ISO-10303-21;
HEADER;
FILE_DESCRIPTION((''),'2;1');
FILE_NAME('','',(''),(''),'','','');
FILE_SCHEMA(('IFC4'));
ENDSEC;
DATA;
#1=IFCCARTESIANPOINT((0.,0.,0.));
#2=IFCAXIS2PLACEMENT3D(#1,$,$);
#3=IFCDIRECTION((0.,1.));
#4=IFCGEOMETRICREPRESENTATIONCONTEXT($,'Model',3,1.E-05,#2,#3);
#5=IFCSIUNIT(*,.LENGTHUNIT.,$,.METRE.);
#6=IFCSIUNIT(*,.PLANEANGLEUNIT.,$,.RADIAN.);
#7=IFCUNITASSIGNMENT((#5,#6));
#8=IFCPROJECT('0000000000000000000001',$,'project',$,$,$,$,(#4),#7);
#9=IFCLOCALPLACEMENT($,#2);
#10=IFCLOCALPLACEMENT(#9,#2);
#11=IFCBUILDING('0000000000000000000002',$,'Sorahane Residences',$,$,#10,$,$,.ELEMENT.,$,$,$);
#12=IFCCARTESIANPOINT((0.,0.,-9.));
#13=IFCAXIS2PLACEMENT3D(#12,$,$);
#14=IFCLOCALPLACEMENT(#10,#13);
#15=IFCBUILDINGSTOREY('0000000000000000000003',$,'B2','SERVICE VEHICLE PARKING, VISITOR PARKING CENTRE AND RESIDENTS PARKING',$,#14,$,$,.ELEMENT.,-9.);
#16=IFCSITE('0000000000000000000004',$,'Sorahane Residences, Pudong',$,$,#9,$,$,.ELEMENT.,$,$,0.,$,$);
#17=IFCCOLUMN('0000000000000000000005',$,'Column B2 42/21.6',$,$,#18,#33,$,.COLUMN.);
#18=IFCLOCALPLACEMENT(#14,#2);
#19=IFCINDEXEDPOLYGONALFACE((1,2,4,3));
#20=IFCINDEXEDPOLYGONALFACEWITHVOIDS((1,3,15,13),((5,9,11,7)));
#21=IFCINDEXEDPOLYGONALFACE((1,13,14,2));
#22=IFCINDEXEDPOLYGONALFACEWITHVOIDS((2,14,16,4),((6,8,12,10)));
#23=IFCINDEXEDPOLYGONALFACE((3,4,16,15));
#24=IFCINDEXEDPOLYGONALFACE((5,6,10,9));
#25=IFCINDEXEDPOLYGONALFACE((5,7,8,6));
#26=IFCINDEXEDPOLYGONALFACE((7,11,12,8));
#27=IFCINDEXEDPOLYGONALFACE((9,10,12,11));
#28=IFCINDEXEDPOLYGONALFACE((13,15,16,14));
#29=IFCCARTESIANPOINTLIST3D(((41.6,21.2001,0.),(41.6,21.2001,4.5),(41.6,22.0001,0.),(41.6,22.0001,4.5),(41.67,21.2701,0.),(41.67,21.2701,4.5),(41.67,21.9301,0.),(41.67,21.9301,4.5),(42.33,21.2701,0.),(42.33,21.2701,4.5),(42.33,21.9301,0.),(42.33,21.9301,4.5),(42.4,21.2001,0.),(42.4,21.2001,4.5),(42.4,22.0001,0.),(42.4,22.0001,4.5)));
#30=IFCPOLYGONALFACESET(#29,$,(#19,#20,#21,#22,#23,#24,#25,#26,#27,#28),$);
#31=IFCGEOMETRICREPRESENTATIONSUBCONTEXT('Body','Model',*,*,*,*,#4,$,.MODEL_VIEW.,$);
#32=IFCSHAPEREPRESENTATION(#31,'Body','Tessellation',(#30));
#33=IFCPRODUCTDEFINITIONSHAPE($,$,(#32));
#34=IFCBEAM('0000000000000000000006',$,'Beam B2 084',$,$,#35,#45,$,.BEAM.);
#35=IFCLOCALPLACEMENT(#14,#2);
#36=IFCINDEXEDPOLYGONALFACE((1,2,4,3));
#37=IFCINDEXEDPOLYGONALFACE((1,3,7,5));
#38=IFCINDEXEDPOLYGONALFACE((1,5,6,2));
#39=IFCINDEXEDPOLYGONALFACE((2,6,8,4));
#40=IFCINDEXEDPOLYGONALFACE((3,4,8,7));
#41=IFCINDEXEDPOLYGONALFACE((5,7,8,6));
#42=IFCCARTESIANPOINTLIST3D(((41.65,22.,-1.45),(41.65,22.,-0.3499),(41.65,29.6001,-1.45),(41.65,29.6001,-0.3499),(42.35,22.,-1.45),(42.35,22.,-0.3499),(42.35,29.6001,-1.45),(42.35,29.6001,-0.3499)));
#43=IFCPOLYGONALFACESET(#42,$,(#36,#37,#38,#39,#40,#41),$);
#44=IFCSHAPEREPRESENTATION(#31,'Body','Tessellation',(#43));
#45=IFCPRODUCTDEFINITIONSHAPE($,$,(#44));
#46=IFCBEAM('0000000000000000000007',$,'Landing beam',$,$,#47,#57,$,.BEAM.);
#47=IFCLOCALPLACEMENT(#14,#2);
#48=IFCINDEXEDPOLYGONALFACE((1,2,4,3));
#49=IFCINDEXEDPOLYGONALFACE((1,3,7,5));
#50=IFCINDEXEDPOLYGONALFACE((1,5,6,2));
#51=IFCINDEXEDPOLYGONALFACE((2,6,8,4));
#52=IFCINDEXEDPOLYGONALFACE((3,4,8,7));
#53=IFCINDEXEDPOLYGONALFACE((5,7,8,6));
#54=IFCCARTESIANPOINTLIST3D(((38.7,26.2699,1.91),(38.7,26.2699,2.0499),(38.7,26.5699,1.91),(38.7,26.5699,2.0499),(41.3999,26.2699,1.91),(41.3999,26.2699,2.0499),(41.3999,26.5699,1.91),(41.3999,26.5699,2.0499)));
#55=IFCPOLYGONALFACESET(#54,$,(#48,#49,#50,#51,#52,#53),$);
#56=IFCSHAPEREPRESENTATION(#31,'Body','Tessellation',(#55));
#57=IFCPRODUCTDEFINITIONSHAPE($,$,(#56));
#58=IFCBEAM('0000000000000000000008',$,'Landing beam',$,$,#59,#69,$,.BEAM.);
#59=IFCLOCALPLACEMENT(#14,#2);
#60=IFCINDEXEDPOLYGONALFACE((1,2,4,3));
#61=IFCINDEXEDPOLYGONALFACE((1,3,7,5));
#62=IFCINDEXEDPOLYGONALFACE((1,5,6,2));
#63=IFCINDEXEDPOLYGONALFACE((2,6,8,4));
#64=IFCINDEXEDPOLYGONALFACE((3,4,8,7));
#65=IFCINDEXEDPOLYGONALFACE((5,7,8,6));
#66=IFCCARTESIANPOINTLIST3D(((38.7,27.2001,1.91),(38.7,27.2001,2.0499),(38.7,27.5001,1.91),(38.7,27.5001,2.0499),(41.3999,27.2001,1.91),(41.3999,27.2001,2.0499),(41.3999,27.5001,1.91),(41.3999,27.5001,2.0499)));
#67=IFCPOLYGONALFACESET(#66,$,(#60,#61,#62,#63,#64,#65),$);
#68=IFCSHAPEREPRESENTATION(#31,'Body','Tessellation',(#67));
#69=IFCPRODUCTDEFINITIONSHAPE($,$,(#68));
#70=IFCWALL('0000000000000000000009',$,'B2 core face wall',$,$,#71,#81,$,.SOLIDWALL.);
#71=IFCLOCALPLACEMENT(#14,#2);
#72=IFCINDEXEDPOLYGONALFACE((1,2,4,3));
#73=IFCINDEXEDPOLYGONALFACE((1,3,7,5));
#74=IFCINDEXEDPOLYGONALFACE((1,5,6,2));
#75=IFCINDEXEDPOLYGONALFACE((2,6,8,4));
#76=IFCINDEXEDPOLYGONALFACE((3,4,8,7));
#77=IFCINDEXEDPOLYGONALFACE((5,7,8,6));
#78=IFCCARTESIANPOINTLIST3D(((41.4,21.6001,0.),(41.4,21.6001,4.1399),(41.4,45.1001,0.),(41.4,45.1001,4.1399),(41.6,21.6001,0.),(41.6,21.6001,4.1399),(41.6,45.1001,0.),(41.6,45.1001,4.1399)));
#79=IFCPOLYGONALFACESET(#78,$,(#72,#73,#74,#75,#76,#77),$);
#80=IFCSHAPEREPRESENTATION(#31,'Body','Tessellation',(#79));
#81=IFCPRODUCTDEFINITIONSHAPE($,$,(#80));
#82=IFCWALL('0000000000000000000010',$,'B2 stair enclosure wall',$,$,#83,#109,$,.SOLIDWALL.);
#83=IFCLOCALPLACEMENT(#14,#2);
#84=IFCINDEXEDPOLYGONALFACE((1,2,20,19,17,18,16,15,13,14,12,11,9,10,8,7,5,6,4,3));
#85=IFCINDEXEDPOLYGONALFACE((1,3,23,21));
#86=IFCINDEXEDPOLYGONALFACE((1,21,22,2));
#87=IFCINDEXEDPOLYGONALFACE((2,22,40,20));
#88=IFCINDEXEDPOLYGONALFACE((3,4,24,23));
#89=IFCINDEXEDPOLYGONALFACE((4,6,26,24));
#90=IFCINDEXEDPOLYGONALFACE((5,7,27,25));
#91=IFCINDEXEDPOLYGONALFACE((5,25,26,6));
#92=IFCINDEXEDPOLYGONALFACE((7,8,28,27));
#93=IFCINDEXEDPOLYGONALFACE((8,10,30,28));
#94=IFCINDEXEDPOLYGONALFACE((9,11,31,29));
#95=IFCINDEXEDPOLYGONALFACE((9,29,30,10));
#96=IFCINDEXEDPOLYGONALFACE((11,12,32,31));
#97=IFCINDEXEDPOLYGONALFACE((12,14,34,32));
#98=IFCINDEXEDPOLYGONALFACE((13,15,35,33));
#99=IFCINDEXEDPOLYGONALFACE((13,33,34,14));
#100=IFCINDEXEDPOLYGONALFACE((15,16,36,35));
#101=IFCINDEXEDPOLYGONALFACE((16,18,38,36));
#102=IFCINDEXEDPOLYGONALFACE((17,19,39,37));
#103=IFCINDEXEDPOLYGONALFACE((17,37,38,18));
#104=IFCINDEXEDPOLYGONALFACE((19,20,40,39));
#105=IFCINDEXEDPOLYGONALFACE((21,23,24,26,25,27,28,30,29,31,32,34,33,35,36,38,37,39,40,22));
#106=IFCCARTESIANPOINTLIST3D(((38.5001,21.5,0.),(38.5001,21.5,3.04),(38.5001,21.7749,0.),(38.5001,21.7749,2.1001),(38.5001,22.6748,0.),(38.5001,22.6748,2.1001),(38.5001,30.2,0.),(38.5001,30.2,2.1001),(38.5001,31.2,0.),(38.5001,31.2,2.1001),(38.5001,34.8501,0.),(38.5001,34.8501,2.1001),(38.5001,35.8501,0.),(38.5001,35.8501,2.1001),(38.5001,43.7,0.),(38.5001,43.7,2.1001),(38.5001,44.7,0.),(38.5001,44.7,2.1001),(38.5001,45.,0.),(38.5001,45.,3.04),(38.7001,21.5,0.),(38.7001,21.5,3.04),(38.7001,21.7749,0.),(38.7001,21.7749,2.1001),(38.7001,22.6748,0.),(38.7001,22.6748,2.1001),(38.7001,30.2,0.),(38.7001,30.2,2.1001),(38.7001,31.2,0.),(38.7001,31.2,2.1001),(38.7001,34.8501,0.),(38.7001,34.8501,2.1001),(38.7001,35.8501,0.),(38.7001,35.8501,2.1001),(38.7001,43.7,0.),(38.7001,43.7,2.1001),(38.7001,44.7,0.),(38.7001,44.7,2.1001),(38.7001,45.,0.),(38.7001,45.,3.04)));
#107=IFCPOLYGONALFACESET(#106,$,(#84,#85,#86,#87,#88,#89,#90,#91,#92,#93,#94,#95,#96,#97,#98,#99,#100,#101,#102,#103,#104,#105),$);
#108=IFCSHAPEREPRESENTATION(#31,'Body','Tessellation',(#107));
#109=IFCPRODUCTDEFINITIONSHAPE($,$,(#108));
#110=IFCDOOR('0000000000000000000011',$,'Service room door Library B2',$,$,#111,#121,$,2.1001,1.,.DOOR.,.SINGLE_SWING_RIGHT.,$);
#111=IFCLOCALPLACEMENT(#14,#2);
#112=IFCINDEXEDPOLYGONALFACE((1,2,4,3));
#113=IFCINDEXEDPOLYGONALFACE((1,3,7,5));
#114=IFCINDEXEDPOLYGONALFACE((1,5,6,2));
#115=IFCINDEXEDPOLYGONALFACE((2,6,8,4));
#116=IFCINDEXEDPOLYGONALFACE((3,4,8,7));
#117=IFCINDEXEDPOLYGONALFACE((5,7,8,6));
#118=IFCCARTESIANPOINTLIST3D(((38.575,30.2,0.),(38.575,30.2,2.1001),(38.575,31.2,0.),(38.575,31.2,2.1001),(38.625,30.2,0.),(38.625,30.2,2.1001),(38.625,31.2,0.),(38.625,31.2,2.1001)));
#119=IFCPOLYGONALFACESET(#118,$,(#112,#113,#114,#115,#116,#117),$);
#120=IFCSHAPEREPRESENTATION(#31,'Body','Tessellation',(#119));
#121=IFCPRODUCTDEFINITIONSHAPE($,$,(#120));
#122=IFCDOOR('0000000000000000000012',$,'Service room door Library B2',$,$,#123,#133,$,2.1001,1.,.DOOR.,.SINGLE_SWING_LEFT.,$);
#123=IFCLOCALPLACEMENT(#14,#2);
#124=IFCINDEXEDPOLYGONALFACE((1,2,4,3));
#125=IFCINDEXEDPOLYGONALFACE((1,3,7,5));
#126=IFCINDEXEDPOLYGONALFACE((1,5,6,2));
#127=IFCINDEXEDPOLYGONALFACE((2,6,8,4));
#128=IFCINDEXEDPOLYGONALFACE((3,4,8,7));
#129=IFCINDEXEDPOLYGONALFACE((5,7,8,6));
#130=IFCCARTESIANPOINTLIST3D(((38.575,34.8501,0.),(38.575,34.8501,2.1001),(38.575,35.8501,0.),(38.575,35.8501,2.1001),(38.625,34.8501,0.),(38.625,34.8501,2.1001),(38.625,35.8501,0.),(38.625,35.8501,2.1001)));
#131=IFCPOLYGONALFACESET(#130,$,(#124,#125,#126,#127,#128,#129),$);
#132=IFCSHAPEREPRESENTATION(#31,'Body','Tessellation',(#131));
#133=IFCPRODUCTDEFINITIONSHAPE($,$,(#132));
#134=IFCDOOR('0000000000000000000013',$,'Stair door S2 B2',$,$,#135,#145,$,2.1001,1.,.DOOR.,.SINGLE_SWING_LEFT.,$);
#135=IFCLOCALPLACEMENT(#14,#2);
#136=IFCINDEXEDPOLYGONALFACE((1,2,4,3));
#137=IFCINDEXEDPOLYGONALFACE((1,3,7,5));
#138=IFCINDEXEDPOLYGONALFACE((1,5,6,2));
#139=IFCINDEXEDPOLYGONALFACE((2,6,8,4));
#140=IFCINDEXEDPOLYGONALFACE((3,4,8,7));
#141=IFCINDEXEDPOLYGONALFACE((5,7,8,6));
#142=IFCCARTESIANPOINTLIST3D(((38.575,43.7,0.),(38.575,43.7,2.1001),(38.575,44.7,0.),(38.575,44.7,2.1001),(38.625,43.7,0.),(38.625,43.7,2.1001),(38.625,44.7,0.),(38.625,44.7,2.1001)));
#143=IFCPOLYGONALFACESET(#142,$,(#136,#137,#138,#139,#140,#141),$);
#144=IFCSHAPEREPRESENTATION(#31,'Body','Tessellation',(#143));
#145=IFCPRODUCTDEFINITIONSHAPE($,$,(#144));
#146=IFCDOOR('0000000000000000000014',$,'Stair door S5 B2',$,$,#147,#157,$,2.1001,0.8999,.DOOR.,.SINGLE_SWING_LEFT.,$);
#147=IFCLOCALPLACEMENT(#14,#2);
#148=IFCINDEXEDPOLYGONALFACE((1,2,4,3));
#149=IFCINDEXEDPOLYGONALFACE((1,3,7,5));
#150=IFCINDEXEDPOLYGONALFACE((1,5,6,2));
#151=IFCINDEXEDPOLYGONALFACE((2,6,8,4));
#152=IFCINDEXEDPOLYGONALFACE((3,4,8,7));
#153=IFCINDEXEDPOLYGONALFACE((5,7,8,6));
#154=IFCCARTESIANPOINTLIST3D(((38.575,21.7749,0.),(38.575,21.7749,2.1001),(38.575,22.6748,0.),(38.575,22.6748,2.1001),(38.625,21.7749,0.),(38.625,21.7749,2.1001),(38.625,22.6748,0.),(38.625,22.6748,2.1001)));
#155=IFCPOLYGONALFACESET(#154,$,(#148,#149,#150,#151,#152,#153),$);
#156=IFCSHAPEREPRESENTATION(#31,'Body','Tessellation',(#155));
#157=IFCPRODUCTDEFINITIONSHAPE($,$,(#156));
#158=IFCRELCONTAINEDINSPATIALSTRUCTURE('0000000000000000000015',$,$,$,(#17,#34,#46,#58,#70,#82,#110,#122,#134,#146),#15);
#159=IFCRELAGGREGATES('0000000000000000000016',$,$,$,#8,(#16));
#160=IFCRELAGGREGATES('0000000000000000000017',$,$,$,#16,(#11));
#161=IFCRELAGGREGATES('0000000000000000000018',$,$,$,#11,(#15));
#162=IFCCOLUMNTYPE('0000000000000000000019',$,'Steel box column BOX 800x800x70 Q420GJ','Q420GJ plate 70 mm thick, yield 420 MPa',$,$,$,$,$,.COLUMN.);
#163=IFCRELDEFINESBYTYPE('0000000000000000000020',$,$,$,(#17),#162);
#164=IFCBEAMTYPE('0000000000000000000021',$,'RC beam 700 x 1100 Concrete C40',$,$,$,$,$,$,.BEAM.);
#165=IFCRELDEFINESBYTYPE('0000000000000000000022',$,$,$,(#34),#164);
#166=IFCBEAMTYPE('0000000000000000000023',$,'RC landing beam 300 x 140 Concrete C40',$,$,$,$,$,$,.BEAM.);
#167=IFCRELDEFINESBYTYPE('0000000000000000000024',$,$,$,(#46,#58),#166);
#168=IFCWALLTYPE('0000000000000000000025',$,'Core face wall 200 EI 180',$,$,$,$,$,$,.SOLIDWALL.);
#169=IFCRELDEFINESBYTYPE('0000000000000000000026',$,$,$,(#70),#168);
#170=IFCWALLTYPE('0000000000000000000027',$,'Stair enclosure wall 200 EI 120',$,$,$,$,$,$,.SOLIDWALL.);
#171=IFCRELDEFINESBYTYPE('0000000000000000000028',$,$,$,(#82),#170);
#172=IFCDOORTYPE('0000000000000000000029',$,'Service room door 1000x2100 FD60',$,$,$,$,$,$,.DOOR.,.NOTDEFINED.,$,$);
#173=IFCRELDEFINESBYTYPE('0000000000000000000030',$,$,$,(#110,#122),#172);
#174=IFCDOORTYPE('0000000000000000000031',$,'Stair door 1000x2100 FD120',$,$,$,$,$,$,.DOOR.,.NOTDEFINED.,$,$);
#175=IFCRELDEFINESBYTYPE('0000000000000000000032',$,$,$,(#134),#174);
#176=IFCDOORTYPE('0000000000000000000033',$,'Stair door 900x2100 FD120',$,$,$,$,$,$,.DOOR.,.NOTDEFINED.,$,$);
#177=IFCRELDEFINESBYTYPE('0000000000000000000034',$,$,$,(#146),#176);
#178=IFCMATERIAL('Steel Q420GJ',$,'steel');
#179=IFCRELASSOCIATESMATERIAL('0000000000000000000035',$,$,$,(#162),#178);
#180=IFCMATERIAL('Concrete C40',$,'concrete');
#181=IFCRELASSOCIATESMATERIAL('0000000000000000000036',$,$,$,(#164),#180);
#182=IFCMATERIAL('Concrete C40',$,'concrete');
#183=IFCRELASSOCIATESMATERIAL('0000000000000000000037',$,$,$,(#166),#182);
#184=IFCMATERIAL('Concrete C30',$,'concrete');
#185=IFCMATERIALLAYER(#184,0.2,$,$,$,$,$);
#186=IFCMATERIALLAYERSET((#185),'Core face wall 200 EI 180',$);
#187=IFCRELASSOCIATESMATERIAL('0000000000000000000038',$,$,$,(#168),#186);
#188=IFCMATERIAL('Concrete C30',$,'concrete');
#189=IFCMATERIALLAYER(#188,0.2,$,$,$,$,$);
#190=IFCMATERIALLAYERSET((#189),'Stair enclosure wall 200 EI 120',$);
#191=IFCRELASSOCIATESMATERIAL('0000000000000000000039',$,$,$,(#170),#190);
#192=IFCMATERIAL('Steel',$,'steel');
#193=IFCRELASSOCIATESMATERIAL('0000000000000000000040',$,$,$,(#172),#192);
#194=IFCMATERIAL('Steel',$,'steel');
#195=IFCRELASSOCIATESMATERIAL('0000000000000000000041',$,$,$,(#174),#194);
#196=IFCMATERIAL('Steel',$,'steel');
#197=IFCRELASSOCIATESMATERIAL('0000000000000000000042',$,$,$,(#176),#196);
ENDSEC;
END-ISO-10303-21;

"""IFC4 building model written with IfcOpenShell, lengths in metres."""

from ifc_helpers import new_model, si_unit, direction, frame, frame_2d, origin, origin_2d, place, context, subcontext, project, spatial, rectangle, hollow_rectangle, extrude, material, layer, layer_set, material_profile, profile_set, type_object, element, fill, save


model = new_model("IFC4")

# Units and contexts
model_context = context("Model", 3, precision=1e-05, world=origin(), true_north=direction((0.0, 1.0)))
body_context = subcontext(model_context, "Body", "Model", "MODEL_VIEW")
ifc_project = project(units=[si_unit("LENGTHUNIT", "METRE"), si_unit("PLANEANGLEUNIT", "RADIAN")], contexts=[model_context])

# Site, building, storey
site_placement = place(None, origin())
site = spatial("IfcSite", under=ifc_project, at=site_placement, Name="Sorahane Residences, Pudong", CompositionType="ELEMENT", RefElevation=0.0)
building_placement = place(site_placement, origin())
building = spatial("IfcBuilding", under=site, at=building_placement, Name="Sorahane Residences", CompositionType="ELEMENT")
storey_placement = place(building_placement, frame((0.0, 0.0, -9.0)))
storey = spatial("IfcBuildingStorey", under=building, at=storey_placement, Name="B2", Description="SERVICE VEHICLE PARKING, VISITOR PARKING CENTRE AND RESIDENTS PARKING", CompositionType="ELEMENT", Elevation=-9.0)

# Column
ifc_material_1 = material(Name="Steel Q420GJ", Category="steel")
ifc_material_profile_1 = material_profile(ifc_material_1, hollow_rectangle(XDim=0.8, YDim=0.8, WallThickness=0.0701, at=origin_2d()), Name="BOX 800x800x70")
ifc_profile_set_1 = profile_set([ifc_material_profile_1], Name="Steel Q420GJ")
column_type = type_object("IfcColumnType", Name="Steel box column BOX 800x800x70 Q420GJ", Description="Q420GJ plate 70 mm thick, yield 420 MPa", PredefinedType="COLUMN", material=ifc_profile_set_1)
column_placement = place(storey_placement, frame((42.0, 21.6001, 0.0), z_axis=(0.0, 0.0, 1.0), x_axis=(1.0, 0.0, 0.0)))
element("IfcColumn", 1, at=column_placement, inside=storey, type_object=column_type, Name="Column B2 42/21.6", PredefinedType="COLUMN", context=body_context, shape_type="SweptSolid", body=[
    extrude(hollow_rectangle(XDim=0.8, YDim=0.8, WallThickness=0.0701, at=origin_2d()), origin(), (0.0, 0.0, 1.0), 4.5),
])

# Beams
ifc_material_2 = material(Name="Concrete C40", Category="concrete")
ifc_material_profile_2 = material_profile(ifc_material_2, rectangle(XDim=0.7, YDim=1.1001, at=origin_2d()), Name="700x1100")
ifc_profile_set_2 = profile_set([ifc_material_profile_2], Name="Concrete C40")
beam_type_1 = type_object("IfcBeamType", Name="RC beam 700 x 1100 Concrete C40", PredefinedType="BEAM", material=ifc_profile_set_2)
beam_placement = place(storey_placement, frame((42.0, 22.0, -0.8999), z_axis=(0.0, 1.0, 0.0), x_axis=(-1.0, 0.0, 0.0)))
element("IfcBeam", 2, at=beam_placement, inside=storey, type_object=beam_type_1, Name="Beam B2 084", PredefinedType="BEAM", context=body_context, shape_type="SweptSolid", body=[
    extrude(rectangle(XDim=0.7, YDim=1.1001, at=origin_2d()), origin(), (0.0, 0.0, 1.0), 7.6001),
])
ifc_material_3 = material(Name="Concrete C40", Category="concrete")
ifc_material_profile_3 = material_profile(ifc_material_3, rectangle(XDim=0.3, YDim=0.1399, at=origin_2d()), Name="300x140")
ifc_profile_set_3 = profile_set([ifc_material_profile_3], Name="Concrete C40")
beam_type_2 = type_object("IfcBeamType", Name="RC landing beam 300 x 140 Concrete C40", PredefinedType="BEAM", material=ifc_profile_set_3)
for number, where, z_axis, x_axis, name in (
    (3, (38.7, 26.4199, 1.98), (1.0, 0.0, 0.0), (0.0, 1.0, 0.0), "Landing beam"),
    (4, (38.7, 27.3501, 1.98), (1.0, 0.0, 0.0), (0.0, 1.0, 0.0), "Landing beam"),
):
    element("IfcBeam", number, at=place(storey_placement, frame(where, z_axis=z_axis, x_axis=x_axis)), inside=storey, type_object=beam_type_2, Name=name, PredefinedType="BEAM", context=body_context, shape_type="SweptSolid", body=[
        extrude(rectangle(XDim=0.3, YDim=0.1399, at=origin_2d()), origin(), (0.0, 0.0, 1.0), 2.7),
    ])

# Wall
ifc_material_4 = material(Name="Concrete C30", Category="concrete")
ifc_layer_1 = layer(ifc_material_4, 0.2)
ifc_layer_set_1 = layer_set([ifc_layer_1], Name="Core face wall 200 EI 180")
wall_type_1 = type_object("IfcWallType", Name="Core face wall 200 EI 180", PredefinedType="SOLIDWALL", material=ifc_layer_set_1)
wall_1_placement = place(storey_placement, frame((41.5, 21.6001, 0.0), z_axis=(0.0, 0.0, 1.0), x_axis=(0.0, 1.0, 0.0)))
element("IfcWall", 5, at=wall_1_placement, inside=storey, type_object=wall_type_1, Name="B2 core face wall", PredefinedType="SOLIDWALL", context=body_context, shape_type="SweptSolid", body=[
    extrude(rectangle(XDim=23.5, YDim=0.2, at=frame_2d((11.75, 0.0))), origin(), (0.0, 0.0, 1.0), 4.1399),
])

# Wall, openings, doors
ifc_material_5 = material(Name="Concrete C30", Category="concrete")
ifc_layer_2 = layer(ifc_material_5, 0.2)
ifc_layer_set_2 = layer_set([ifc_layer_2], Name="Stair enclosure wall 200 EI 120")
wall_type_2 = type_object("IfcWallType", Name="Stair enclosure wall 200 EI 120", PredefinedType="SOLIDWALL", material=ifc_layer_set_2)
wall_2_placement = place(storey_placement, frame((38.6001, 21.5, 0.0), z_axis=(0.0, 0.0, 1.0), x_axis=(0.0, 1.0, 0.0)))
wall_2 = element("IfcWall", 6, at=wall_2_placement, inside=storey, type_object=wall_type_2, Name="B2 stair enclosure wall", PredefinedType="SOLIDWALL", context=body_context, shape_type="SweptSolid", body=[
    extrude(rectangle(XDim=23.5, YDim=0.2, at=frame_2d((11.75, 0.0))), origin(), (0.0, 0.0, 1.0), 3.04),
])
opening_1_placement = place(wall_2_placement, frame((8.7, 0.0, 0.0)))
opening_1 = element("IfcOpeningElement", 7, at=opening_1_placement, cuts=wall_2, PredefinedType="OPENING", context=body_context, shape_type="SweptSolid", body=[
    extrude(rectangle(XDim=1.0, YDim=2.1001, at=frame_2d((0.5, 1.05))), frame((0.0, 0.1099, 0.0), z_axis=(0.0, -1.0, 0.0), x_axis=(1.0, 0.0, 0.0)), (0.0, 0.0, 1.0), 0.22),
])
opening_2_placement = place(wall_2_placement, frame((13.3501, 0.0, 0.0)))
opening_2 = element("IfcOpeningElement", 8, at=opening_2_placement, cuts=wall_2, PredefinedType="OPENING", context=body_context, shape_type="SweptSolid", body=[
    extrude(rectangle(XDim=1.0, YDim=2.1001, at=frame_2d((0.5, 1.05))), frame((0.0, 0.1099, 0.0), z_axis=(0.0, -1.0, 0.0), x_axis=(1.0, 0.0, 0.0)), (0.0, 0.0, 1.0), 0.22),
])
opening_3_placement = place(wall_2_placement, frame((22.2, 0.0, 0.0)))
opening_3 = element("IfcOpeningElement", 9, at=opening_3_placement, cuts=wall_2, PredefinedType="OPENING", context=body_context, shape_type="SweptSolid", body=[
    extrude(rectangle(XDim=1.0, YDim=2.1001, at=frame_2d((0.5, 1.05))), frame((0.0, 0.1099, 0.0), z_axis=(0.0, -1.0, 0.0), x_axis=(1.0, 0.0, 0.0)), (0.0, 0.0, 1.0), 0.22),
])
opening_4_placement = place(wall_2_placement, frame((0.2749, 0.0, 0.0)))
opening_4 = element("IfcOpeningElement", 10, at=opening_4_placement, cuts=wall_2, PredefinedType="OPENING", context=body_context, shape_type="SweptSolid", body=[
    extrude(rectangle(XDim=0.8999, YDim=2.1001, at=frame_2d((0.45, 1.05))), frame((0.0, 0.1099, 0.0), z_axis=(0.0, -1.0, 0.0), x_axis=(1.0, 0.0, 0.0)), (0.0, 0.0, 1.0), 0.22),
])
ifc_material_6 = material(Name="Steel", Category="steel")
door_type_1 = type_object("IfcDoorType", Name="Service room door 1000x2100 FD60", OperationType="NOTDEFINED", PredefinedType="DOOR", material=ifc_material_6)
door_1_placement = place(opening_1_placement, frame((1.0, 0.0, 0.0), z_axis=(0.0, 0.0, 1.0), x_axis=(-1.0, 0.0, 0.0)))
door_1 = element("IfcDoor", 11, at=door_1_placement, inside=storey, type_object=door_type_1, Name="Service room door Library B2", OperationType="SINGLE_SWING_RIGHT", OverallHeight=2.1001, OverallWidth=1.0, PredefinedType="DOOR", context=body_context, shape_type="SweptSolid", body=[
    extrude(rectangle(XDim=1.0, YDim=2.1001, at=frame_2d((0.5, 1.05))), frame((0.0, 0.0249, 0.0), z_axis=(0.0, -1.0, 0.0), x_axis=(1.0, 0.0, 0.0)), (0.0, 0.0, 1.0), 0.05),
])
fill(opening_1, door_1)
door_2_placement = place(opening_2_placement, frame((1.0, 0.0, 0.0), z_axis=(0.0, 0.0, 1.0), x_axis=(-1.0, 0.0, 0.0)))
door_2 = element("IfcDoor", 12, at=door_2_placement, inside=storey, type_object=door_type_1, Name="Service room door Library B2", OperationType="SINGLE_SWING_LEFT", OverallHeight=2.1001, OverallWidth=1.0, PredefinedType="DOOR", context=body_context, shape_type="SweptSolid", body=[
    extrude(rectangle(XDim=1.0, YDim=2.1001, at=frame_2d((0.5, 1.05))), frame((0.0, 0.0249, 0.0), z_axis=(0.0, -1.0, 0.0), x_axis=(1.0, 0.0, 0.0)), (0.0, 0.0, 1.0), 0.05),
])
fill(opening_2, door_2)
ifc_material_7 = material(Name="Steel", Category="steel")
door_type_2 = type_object("IfcDoorType", Name="Stair door 1000x2100 FD120", OperationType="NOTDEFINED", PredefinedType="DOOR", material=ifc_material_7)
door_3_placement = place(opening_3_placement, frame((1.0, 0.0, 0.0), z_axis=(0.0, 0.0, 1.0), x_axis=(-1.0, 0.0, 0.0)))
door_3 = element("IfcDoor", 13, at=door_3_placement, inside=storey, type_object=door_type_2, Name="Stair door S2 B2", OperationType="SINGLE_SWING_LEFT", OverallHeight=2.1001, OverallWidth=1.0, PredefinedType="DOOR", context=body_context, shape_type="SweptSolid", body=[
    extrude(rectangle(XDim=1.0, YDim=2.1001, at=frame_2d((0.5, 1.05))), frame((0.0, 0.0249, 0.0), z_axis=(0.0, -1.0, 0.0), x_axis=(1.0, 0.0, 0.0)), (0.0, 0.0, 1.0), 0.05),
])
fill(opening_3, door_3)
ifc_material_8 = material(Name="Steel", Category="steel")
door_type_3 = type_object("IfcDoorType", Name="Stair door 900x2100 FD120", OperationType="NOTDEFINED", PredefinedType="DOOR", material=ifc_material_8)
door_4_placement = place(opening_4_placement, frame((0.8999, 0.0, 0.0), z_axis=(0.0, 0.0, 1.0), x_axis=(-1.0, 0.0, 0.0)))
door_4 = element("IfcDoor", 14, at=door_4_placement, inside=storey, type_object=door_type_3, Name="Stair door S5 B2", OperationType="SINGLE_SWING_LEFT", OverallHeight=2.1001, OverallWidth=0.8999, PredefinedType="DOOR", context=body_context, shape_type="SweptSolid", body=[
    extrude(rectangle(XDim=0.8999, YDim=2.1001, at=frame_2d((0.45, 1.05))), frame((0.0, 0.0249, 0.0), z_axis=(0.0, -1.0, 0.0), x_axis=(1.0, 0.0, 0.0)), (0.0, 0.0, 1.0), 0.05),
])
fill(opening_4, door_4)

save(model, "model.ifc")
